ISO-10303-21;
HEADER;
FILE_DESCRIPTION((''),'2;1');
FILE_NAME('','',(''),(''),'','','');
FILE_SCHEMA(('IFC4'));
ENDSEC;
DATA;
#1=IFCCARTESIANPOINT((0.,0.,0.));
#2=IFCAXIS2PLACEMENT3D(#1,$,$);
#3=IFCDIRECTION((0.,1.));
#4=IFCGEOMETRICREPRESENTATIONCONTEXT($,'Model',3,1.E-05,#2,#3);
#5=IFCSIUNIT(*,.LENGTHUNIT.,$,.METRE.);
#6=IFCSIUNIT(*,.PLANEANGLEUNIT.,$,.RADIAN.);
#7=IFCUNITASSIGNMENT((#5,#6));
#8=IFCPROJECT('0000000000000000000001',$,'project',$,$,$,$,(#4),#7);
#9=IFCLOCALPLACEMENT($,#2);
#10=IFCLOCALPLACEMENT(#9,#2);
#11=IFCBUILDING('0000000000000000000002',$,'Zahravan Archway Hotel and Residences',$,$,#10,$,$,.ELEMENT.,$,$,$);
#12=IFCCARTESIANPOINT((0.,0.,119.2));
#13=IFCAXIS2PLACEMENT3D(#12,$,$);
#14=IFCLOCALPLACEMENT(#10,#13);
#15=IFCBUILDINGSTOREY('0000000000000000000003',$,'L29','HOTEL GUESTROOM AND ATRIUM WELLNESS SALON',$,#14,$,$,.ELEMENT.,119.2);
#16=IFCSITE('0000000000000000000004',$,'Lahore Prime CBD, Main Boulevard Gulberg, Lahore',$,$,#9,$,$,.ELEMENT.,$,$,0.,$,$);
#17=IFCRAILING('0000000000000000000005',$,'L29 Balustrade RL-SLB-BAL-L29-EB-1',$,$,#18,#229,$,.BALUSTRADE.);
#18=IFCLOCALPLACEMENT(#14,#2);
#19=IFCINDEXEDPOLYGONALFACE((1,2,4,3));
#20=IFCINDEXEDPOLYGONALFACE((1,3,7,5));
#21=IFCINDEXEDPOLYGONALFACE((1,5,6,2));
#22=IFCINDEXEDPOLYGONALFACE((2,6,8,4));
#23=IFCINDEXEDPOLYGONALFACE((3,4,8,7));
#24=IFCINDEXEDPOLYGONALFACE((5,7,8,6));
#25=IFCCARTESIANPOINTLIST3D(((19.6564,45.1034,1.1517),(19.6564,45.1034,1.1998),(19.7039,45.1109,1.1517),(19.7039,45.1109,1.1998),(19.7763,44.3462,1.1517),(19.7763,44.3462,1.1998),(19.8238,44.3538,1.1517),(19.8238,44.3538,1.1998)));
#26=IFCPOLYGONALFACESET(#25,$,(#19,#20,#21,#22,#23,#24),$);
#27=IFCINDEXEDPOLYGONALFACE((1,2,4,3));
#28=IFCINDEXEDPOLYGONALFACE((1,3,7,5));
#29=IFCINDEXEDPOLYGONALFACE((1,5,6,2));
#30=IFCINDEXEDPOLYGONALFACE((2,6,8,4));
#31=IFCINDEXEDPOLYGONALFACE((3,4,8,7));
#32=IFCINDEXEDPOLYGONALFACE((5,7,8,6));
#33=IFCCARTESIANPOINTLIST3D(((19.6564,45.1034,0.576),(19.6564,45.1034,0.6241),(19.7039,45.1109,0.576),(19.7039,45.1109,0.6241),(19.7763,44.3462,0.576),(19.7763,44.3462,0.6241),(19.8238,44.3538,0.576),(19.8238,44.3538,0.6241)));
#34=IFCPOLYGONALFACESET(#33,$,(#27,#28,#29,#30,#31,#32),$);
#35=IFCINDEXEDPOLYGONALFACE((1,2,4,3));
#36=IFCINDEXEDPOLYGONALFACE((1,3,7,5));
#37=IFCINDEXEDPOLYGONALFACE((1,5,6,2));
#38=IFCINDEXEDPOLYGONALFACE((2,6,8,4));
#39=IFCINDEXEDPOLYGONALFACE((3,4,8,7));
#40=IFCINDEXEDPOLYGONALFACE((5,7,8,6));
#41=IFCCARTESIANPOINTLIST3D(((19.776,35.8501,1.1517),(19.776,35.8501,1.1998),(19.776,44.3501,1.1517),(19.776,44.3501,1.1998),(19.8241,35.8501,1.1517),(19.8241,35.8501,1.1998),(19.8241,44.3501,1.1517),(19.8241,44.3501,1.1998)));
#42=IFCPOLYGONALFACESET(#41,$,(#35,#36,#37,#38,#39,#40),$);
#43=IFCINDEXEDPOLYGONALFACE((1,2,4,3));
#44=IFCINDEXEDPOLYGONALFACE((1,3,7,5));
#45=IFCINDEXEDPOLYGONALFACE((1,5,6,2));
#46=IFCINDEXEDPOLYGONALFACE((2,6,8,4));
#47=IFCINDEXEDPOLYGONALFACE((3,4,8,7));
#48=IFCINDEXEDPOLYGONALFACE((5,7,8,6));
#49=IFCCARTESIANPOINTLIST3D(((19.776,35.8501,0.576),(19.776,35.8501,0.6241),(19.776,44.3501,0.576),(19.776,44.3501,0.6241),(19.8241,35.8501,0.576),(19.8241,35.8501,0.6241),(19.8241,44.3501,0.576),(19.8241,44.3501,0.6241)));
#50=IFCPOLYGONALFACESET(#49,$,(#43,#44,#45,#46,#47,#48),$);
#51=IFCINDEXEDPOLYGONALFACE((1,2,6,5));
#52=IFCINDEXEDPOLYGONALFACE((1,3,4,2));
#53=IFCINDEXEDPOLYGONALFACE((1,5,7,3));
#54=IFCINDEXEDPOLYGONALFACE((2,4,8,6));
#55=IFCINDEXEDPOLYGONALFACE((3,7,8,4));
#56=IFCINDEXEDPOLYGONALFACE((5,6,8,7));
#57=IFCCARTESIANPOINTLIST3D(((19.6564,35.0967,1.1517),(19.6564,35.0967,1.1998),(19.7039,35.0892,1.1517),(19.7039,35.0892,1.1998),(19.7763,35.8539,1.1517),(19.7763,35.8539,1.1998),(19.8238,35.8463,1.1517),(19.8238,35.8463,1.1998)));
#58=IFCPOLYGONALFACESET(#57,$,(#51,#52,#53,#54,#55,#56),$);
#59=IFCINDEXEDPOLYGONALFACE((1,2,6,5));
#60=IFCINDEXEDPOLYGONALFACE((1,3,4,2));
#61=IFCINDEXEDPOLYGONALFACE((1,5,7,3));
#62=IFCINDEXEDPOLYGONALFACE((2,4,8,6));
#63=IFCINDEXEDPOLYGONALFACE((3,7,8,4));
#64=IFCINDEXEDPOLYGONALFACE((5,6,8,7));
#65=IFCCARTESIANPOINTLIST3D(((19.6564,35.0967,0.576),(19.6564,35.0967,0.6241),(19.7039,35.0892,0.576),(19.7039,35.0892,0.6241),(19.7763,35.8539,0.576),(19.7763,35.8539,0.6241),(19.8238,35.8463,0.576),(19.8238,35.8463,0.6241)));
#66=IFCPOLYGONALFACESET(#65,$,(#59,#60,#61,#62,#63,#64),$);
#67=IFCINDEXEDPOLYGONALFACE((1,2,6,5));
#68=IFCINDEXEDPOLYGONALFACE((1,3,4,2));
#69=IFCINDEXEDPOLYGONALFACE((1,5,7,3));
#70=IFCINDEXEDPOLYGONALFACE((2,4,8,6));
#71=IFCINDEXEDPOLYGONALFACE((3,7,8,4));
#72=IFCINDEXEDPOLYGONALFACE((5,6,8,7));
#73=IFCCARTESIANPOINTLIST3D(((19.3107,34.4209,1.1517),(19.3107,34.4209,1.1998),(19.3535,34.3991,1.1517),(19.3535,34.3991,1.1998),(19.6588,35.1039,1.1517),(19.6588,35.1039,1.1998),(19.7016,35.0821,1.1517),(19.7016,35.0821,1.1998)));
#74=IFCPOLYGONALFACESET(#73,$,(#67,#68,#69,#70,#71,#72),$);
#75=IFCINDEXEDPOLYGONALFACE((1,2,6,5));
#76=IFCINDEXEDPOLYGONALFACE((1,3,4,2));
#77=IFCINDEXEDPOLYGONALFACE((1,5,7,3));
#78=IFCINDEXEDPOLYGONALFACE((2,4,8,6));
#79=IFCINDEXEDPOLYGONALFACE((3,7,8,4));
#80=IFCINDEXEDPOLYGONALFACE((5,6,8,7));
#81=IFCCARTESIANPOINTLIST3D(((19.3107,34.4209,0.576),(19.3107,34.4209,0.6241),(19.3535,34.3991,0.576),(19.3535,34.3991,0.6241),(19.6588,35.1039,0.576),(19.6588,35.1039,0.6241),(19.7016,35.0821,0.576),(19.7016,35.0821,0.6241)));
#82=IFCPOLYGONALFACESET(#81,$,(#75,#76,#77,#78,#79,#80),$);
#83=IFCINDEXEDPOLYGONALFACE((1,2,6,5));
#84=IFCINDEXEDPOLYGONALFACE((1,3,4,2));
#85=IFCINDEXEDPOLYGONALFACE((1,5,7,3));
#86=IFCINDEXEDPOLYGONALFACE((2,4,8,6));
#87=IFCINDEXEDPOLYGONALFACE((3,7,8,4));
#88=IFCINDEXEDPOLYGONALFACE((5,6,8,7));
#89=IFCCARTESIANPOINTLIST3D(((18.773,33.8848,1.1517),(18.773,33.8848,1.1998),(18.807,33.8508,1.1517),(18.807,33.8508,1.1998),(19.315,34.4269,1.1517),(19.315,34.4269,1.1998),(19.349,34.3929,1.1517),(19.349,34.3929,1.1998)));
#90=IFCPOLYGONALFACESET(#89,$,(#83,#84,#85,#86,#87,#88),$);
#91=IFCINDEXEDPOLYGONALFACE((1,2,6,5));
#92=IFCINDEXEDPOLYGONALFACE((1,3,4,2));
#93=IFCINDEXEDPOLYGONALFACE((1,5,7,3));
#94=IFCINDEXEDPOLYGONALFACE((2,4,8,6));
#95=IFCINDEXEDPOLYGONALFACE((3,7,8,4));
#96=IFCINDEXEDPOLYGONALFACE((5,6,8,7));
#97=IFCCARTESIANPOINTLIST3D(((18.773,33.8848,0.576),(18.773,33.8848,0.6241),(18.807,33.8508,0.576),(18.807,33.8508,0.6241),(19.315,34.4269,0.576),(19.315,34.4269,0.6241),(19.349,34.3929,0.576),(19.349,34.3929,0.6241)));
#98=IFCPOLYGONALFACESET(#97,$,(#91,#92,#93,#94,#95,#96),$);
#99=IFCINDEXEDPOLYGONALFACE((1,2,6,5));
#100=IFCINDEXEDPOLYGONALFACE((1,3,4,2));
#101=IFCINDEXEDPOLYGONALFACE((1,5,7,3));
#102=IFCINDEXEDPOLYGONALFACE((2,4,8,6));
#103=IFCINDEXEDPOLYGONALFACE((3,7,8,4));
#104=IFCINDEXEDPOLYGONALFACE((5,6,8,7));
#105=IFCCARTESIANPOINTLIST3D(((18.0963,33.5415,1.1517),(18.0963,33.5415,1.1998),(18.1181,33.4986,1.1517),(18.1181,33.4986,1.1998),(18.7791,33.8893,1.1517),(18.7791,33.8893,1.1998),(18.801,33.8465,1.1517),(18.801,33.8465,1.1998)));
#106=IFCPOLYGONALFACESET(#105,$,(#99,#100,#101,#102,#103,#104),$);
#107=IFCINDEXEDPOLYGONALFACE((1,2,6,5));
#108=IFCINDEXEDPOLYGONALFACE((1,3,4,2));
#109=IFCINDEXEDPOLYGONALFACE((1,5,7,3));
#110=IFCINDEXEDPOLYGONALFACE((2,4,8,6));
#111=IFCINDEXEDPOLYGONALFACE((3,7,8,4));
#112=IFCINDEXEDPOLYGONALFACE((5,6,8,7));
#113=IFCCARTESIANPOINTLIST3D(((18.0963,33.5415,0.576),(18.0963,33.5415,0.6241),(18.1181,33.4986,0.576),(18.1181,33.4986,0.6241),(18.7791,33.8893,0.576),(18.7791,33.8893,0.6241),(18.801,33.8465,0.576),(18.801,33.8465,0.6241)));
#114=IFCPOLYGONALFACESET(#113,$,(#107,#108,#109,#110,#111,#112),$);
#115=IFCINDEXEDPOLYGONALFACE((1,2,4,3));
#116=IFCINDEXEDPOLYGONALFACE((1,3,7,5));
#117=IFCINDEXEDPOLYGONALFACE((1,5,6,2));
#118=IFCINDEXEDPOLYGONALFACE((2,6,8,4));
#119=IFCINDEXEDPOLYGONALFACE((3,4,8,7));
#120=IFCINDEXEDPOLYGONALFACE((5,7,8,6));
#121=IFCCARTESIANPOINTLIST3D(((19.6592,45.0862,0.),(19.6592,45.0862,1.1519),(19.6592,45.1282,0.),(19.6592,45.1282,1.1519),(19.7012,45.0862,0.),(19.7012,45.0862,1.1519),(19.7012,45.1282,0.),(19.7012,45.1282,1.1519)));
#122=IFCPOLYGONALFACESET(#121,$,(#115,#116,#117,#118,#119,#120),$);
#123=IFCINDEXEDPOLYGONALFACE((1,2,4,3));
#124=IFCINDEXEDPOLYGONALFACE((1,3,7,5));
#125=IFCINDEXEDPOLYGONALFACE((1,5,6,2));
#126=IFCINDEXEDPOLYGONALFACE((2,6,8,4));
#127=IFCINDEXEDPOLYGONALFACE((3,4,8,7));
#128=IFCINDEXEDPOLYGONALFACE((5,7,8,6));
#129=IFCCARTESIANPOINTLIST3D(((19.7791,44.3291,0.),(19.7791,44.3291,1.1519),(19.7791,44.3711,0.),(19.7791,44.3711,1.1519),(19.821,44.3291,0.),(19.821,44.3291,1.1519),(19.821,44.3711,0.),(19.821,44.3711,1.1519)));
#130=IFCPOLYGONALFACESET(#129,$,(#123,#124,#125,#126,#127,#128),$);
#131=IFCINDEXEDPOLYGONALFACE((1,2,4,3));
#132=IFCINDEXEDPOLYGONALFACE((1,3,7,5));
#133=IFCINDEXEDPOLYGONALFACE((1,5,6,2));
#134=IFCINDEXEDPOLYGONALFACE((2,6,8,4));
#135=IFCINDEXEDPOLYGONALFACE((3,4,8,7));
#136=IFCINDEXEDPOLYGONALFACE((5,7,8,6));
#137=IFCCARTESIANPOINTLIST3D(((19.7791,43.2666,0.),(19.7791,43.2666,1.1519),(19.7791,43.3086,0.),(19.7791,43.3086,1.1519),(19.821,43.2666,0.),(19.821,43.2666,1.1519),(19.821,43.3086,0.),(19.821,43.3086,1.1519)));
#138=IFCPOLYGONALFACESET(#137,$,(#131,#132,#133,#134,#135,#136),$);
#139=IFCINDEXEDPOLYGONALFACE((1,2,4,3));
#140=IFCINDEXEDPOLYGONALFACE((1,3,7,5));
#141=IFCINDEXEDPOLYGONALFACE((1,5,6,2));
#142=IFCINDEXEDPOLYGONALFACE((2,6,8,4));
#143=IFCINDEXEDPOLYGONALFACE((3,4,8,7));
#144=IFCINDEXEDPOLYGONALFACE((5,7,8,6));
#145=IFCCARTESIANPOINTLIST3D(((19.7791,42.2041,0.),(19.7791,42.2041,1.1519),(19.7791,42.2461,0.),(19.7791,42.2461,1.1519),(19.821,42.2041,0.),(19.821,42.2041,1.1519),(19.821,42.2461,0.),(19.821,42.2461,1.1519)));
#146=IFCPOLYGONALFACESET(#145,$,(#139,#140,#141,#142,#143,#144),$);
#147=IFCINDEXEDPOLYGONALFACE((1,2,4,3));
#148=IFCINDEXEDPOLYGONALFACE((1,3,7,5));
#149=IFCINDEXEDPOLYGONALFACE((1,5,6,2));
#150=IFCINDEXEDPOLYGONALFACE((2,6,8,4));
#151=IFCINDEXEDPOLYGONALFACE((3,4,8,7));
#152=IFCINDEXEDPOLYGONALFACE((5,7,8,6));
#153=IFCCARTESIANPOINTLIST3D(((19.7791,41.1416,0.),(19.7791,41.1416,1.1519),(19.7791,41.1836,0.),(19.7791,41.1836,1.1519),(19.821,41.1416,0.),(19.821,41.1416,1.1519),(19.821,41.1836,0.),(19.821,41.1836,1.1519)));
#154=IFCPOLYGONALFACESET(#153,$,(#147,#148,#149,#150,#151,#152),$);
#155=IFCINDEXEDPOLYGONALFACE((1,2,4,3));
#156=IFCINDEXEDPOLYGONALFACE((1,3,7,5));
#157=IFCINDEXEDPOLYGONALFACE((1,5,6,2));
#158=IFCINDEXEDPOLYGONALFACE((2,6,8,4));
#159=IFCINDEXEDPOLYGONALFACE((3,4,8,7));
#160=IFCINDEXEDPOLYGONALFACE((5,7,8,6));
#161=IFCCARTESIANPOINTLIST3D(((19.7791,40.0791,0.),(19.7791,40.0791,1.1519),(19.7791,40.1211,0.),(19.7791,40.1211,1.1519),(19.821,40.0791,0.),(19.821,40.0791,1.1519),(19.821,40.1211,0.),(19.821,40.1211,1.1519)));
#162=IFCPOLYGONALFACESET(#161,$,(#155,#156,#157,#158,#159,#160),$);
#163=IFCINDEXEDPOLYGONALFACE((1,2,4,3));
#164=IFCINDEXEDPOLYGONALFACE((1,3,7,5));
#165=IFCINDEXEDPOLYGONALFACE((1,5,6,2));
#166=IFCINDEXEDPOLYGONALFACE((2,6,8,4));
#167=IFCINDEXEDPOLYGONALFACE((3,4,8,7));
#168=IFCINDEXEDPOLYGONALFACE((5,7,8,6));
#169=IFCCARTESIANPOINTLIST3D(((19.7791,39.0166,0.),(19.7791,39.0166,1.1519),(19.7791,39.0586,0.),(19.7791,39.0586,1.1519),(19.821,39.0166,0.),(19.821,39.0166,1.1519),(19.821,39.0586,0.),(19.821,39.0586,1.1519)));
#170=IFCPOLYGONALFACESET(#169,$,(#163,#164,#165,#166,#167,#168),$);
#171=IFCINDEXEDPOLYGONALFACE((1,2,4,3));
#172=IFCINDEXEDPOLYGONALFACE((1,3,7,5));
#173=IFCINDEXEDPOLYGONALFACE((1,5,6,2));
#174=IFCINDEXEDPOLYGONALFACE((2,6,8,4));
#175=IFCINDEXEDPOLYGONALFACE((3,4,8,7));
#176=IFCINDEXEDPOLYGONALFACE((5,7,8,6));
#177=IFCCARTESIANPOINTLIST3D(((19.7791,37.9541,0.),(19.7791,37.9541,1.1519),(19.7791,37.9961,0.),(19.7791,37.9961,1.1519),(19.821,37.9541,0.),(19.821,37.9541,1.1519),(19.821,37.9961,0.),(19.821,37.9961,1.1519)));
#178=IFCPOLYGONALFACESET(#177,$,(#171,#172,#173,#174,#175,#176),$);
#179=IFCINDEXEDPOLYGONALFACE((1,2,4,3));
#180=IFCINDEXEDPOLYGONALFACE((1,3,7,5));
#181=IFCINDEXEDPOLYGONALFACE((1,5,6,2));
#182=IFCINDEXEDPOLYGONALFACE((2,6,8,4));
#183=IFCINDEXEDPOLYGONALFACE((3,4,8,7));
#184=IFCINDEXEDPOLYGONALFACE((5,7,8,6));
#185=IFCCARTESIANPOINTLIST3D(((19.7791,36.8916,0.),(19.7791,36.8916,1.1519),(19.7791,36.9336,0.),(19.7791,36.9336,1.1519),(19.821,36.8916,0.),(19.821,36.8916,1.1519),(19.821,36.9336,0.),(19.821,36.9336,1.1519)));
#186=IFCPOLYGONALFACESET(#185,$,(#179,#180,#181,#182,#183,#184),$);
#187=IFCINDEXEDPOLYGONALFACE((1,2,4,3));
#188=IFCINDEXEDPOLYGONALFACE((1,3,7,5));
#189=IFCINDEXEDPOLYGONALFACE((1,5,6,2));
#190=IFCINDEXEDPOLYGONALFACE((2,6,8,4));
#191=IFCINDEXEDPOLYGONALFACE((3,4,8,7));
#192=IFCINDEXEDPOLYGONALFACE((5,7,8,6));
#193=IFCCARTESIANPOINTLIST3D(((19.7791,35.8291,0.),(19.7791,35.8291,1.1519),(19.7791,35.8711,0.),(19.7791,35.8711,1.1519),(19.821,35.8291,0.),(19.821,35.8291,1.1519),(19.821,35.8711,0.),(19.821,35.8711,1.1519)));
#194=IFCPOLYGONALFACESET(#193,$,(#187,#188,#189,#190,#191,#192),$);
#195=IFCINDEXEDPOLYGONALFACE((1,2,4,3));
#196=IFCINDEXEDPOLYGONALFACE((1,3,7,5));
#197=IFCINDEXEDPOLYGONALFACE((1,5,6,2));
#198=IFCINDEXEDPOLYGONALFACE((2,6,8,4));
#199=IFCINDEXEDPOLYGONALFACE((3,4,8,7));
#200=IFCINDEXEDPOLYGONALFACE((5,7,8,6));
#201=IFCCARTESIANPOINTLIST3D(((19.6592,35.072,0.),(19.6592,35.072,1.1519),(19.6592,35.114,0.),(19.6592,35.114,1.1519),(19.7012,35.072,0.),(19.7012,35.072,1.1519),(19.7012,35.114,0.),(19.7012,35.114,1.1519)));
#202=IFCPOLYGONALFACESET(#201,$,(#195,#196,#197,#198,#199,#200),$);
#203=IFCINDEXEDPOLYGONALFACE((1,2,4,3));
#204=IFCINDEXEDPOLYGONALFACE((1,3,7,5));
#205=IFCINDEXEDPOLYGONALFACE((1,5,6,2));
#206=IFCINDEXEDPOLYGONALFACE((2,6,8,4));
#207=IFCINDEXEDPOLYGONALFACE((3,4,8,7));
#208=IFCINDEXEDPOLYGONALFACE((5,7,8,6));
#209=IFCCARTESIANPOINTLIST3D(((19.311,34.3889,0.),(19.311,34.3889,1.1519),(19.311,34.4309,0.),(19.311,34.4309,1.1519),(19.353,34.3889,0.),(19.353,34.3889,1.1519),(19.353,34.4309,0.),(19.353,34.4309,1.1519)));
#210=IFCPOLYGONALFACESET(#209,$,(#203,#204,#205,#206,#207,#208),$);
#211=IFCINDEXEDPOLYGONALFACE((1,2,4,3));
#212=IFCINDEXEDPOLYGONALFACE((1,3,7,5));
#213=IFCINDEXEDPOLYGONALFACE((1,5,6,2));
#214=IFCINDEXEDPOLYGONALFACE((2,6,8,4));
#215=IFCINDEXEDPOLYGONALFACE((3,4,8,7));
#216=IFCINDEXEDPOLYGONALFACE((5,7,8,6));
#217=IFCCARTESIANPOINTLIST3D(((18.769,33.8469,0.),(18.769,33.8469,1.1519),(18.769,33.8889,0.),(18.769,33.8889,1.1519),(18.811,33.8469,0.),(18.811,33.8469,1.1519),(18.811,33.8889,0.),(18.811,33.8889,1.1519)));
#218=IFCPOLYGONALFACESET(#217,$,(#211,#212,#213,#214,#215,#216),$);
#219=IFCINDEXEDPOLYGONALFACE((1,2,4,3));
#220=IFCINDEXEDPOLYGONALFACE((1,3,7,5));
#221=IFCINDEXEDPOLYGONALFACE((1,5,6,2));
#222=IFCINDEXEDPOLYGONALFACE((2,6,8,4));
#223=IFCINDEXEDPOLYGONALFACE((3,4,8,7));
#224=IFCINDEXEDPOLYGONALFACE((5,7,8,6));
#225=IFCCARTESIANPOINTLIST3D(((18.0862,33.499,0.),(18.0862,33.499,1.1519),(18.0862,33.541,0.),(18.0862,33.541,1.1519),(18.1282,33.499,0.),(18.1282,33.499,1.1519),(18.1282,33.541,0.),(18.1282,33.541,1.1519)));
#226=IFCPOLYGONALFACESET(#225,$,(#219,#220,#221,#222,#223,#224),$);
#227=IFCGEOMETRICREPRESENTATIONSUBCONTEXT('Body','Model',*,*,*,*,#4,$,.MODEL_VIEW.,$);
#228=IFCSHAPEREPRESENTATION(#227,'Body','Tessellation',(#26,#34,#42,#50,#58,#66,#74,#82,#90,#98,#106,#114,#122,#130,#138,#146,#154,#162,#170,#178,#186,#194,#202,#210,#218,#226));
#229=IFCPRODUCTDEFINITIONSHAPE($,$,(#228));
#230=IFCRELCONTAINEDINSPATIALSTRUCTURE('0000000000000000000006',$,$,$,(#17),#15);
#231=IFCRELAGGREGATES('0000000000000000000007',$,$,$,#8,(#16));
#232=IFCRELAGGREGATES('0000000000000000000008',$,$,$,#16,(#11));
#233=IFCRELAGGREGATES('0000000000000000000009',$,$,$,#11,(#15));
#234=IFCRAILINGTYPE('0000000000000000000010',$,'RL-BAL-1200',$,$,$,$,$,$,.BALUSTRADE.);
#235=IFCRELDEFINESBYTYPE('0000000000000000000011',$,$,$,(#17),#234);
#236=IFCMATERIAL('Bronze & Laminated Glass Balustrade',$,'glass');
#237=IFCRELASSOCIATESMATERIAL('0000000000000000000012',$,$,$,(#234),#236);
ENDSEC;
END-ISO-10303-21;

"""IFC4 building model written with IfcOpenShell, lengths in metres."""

from ifc_helpers import new_model, si_unit, direction, frame, origin, origin_2d, place, context, subcontext, project, spatial, rectangle, extrude, material, type_object, element, save


model = new_model("IFC4")

# Units and contexts
model_context = context("Model", 3, precision=1e-05, world=origin(), true_north=direction((0.0, 1.0)))
body_context = subcontext(model_context, "Body", "Model", "MODEL_VIEW")
ifc_project = project(units=[si_unit("LENGTHUNIT", "METRE"), si_unit("PLANEANGLEUNIT", "RADIAN")], contexts=[model_context])

# Site, building, storey
site_placement = place(None, origin())
site = spatial("IfcSite", under=ifc_project, at=site_placement, Name="Lahore Prime CBD, Main Boulevard Gulberg, Lahore", CompositionType="ELEMENT", RefElevation=0.0)
building_placement = place(site_placement, origin())
building = spatial("IfcBuilding", under=site, at=building_placement, Name="Zahravan Archway Hotel and Residences", CompositionType="ELEMENT")
storey_placement = place(building_placement, frame((0.0, 0.0, 119.2)))
storey = spatial("IfcBuildingStorey", under=building, at=storey_placement, Name="L29", Description="HOTEL GUESTROOM AND ATRIUM WELLNESS SALON", CompositionType="ELEMENT", Elevation=119.2)

# Railing
ifc_material_1 = material(Name="Bronze & Laminated Glass Balustrade", Category="glass")
railing_type = type_object("IfcRailingType", Name="RL-BAL-1200", PredefinedType="BALUSTRADE", material=ifc_material_1)
railing_placement = place(storey_placement, frame((19.6802, 45.1072, 0.0)))
element("IfcRailing", 1, at=railing_placement, inside=storey, type_object=railing_type, Name="L29 Balustrade RL-SLB-BAL-L29-EB-1", PredefinedType="BALUSTRADE", context=body_context, shape_type="SweptSolid", body=[
    extrude(rectangle(XDim=0.0481, YDim=0.0481, at=origin_2d()), frame((0.0, 0.0, 1.1758), z_axis=(0.156388, -0.987696, 0.0), x_axis=(0.987696, 0.156388, 0.0)), (0.0, 0.0, 1.0), 0.7666),
    extrude(rectangle(XDim=0.0481, YDim=0.0481, at=origin_2d()), frame((0.0, 0.0, 0.6001), z_axis=(0.156388, -0.987696, 0.0), x_axis=(0.987696, 0.156388, 0.0)), (0.0, 0.0, 1.0), 0.7666),
    extrude(rectangle(XDim=0.0481, YDim=0.0481, at=origin_2d()), frame((0.1199, -0.7571, 1.1758), z_axis=(0.0, -1.0, 0.0), x_axis=(1.0, 0.0, 0.0)), (0.0, 0.0, 1.0), 8.5),
    extrude(rectangle(XDim=0.0481, YDim=0.0481, at=origin_2d()), frame((0.1199, -0.7571, 0.6001), z_axis=(0.0, -1.0, 0.0), x_axis=(1.0, 0.0, 0.0)), (0.0, 0.0, 1.0), 8.5),
    extrude(rectangle(XDim=0.0481, YDim=0.0481, at=origin_2d()), frame((0.1199, -9.2571, 1.1758), z_axis=(-0.156388, -0.987696, 0.0), x_axis=(0.987696, -0.156388, 0.0)), (0.0, 0.0, 1.0), 0.7666),
    extrude(rectangle(XDim=0.0481, YDim=0.0481, at=origin_2d()), frame((0.1199, -9.2571, 0.6001), z_axis=(-0.156388, -0.987696, 0.0), x_axis=(0.987696, -0.156388, 0.0)), (0.0, 0.0, 1.0), 0.7666),
    extrude(rectangle(XDim=0.0481, YDim=0.0481, at=origin_2d()), frame((0.0, -10.0142, 1.1758), z_axis=(-0.454078, -0.890962, 0.0), x_axis=(0.890962, -0.454078, 0.0)), (0.0, 0.0, 1.0), 0.7666),
    extrude(rectangle(XDim=0.0481, YDim=0.0481, at=origin_2d()), frame((0.0, -10.0142, 0.6001), z_axis=(-0.454078, -0.890962, 0.0), x_axis=(0.890962, -0.454078, 0.0)), (0.0, 0.0, 1.0), 0.7666),
    extrude(rectangle(XDim=0.0481, YDim=0.0481, at=origin_2d()), frame((-0.3481, -10.6973, 1.1758), z_axis=(-0.707107, -0.707107, 0.0), x_axis=(0.707107, -0.707107, 0.0)), (0.0, 0.0, 1.0), 0.7666),
    extrude(rectangle(XDim=0.0481, YDim=0.0481, at=origin_2d()), frame((-0.3481, -10.6973, 0.6001), z_axis=(-0.707107, -0.707107, 0.0), x_axis=(0.707107, -0.707107, 0.0)), (0.0, 0.0, 1.0), 0.7666),
    extrude(rectangle(XDim=0.0481, YDim=0.0481, at=origin_2d()), frame((-0.8901, -11.2393, 1.1758), z_axis=(-0.891025, -0.453954, 0.0), x_axis=(0.453954, -0.891025, 0.0)), (0.0, 0.0, 1.0), 0.7664),
    extrude(rectangle(XDim=0.0481, YDim=0.0481, at=origin_2d()), frame((-0.8901, -11.2393, 0.6001), z_axis=(-0.891025, -0.453954, 0.0), x_axis=(0.453954, -0.891025, 0.0)), (0.0, 0.0, 1.0), 0.7664),
    extrude(rectangle(XDim=0.042, YDim=0.042, at=origin_2d()), origin(), (0.0, 0.0, 1.0), 1.1519),
    extrude(rectangle(XDim=0.042, YDim=0.042, at=origin_2d()), frame((0.1199, -0.7571, 0.0)), (0.0, 0.0, 1.0), 1.1519),
    extrude(rectangle(XDim=0.042, YDim=0.042, at=origin_2d()), frame((0.1199, -1.8196, 0.0)), (0.0, 0.0, 1.0), 1.1519),
    extrude(rectangle(XDim=0.042, YDim=0.042, at=origin_2d()), frame((0.1199, -2.8821, 0.0)), (0.0, 0.0, 1.0), 1.1519),
    extrude(rectangle(XDim=0.042, YDim=0.042, at=origin_2d()), frame((0.1199, -3.9446, 0.0)), (0.0, 0.0, 1.0), 1.1519),
    extrude(rectangle(XDim=0.042, YDim=0.042, at=origin_2d()), frame((0.1199, -5.0071, 0.0)), (0.0, 0.0, 1.0), 1.1519),
    extrude(rectangle(XDim=0.042, YDim=0.042, at=origin_2d()), frame((0.1199, -6.0696, 0.0)), (0.0, 0.0, 1.0), 1.1519),
    extrude(rectangle(XDim=0.042, YDim=0.042, at=origin_2d()), frame((0.1199, -7.1321, 0.0)), (0.0, 0.0, 1.0), 1.1519),
    extrude(rectangle(XDim=0.042, YDim=0.042, at=origin_2d()), frame((0.1199, -8.1946, 0.0)), (0.0, 0.0, 1.0), 1.1519),
    extrude(rectangle(XDim=0.042, YDim=0.042, at=origin_2d()), frame((0.1199, -9.2571, 0.0)), (0.0, 0.0, 1.0), 1.1519),
    extrude(rectangle(XDim=0.042, YDim=0.042, at=origin_2d()), frame((0.0, -10.0142, 0.0)), (0.0, 0.0, 1.0), 1.1519),
    extrude(rectangle(XDim=0.042, YDim=0.042, at=origin_2d()), frame((-0.3481, -10.6973, 0.0)), (0.0, 0.0, 1.0), 1.1519),
    extrude(rectangle(XDim=0.042, YDim=0.042, at=origin_2d()), frame((-0.8901, -11.2393, 0.0)), (0.0, 0.0, 1.0), 1.1519),
    extrude(rectangle(XDim=0.042, YDim=0.042, at=origin_2d()), frame((-1.573, -11.5872, 0.0)), (0.0, 0.0, 1.0), 1.1519),
])

save(model, "model.ifc")
